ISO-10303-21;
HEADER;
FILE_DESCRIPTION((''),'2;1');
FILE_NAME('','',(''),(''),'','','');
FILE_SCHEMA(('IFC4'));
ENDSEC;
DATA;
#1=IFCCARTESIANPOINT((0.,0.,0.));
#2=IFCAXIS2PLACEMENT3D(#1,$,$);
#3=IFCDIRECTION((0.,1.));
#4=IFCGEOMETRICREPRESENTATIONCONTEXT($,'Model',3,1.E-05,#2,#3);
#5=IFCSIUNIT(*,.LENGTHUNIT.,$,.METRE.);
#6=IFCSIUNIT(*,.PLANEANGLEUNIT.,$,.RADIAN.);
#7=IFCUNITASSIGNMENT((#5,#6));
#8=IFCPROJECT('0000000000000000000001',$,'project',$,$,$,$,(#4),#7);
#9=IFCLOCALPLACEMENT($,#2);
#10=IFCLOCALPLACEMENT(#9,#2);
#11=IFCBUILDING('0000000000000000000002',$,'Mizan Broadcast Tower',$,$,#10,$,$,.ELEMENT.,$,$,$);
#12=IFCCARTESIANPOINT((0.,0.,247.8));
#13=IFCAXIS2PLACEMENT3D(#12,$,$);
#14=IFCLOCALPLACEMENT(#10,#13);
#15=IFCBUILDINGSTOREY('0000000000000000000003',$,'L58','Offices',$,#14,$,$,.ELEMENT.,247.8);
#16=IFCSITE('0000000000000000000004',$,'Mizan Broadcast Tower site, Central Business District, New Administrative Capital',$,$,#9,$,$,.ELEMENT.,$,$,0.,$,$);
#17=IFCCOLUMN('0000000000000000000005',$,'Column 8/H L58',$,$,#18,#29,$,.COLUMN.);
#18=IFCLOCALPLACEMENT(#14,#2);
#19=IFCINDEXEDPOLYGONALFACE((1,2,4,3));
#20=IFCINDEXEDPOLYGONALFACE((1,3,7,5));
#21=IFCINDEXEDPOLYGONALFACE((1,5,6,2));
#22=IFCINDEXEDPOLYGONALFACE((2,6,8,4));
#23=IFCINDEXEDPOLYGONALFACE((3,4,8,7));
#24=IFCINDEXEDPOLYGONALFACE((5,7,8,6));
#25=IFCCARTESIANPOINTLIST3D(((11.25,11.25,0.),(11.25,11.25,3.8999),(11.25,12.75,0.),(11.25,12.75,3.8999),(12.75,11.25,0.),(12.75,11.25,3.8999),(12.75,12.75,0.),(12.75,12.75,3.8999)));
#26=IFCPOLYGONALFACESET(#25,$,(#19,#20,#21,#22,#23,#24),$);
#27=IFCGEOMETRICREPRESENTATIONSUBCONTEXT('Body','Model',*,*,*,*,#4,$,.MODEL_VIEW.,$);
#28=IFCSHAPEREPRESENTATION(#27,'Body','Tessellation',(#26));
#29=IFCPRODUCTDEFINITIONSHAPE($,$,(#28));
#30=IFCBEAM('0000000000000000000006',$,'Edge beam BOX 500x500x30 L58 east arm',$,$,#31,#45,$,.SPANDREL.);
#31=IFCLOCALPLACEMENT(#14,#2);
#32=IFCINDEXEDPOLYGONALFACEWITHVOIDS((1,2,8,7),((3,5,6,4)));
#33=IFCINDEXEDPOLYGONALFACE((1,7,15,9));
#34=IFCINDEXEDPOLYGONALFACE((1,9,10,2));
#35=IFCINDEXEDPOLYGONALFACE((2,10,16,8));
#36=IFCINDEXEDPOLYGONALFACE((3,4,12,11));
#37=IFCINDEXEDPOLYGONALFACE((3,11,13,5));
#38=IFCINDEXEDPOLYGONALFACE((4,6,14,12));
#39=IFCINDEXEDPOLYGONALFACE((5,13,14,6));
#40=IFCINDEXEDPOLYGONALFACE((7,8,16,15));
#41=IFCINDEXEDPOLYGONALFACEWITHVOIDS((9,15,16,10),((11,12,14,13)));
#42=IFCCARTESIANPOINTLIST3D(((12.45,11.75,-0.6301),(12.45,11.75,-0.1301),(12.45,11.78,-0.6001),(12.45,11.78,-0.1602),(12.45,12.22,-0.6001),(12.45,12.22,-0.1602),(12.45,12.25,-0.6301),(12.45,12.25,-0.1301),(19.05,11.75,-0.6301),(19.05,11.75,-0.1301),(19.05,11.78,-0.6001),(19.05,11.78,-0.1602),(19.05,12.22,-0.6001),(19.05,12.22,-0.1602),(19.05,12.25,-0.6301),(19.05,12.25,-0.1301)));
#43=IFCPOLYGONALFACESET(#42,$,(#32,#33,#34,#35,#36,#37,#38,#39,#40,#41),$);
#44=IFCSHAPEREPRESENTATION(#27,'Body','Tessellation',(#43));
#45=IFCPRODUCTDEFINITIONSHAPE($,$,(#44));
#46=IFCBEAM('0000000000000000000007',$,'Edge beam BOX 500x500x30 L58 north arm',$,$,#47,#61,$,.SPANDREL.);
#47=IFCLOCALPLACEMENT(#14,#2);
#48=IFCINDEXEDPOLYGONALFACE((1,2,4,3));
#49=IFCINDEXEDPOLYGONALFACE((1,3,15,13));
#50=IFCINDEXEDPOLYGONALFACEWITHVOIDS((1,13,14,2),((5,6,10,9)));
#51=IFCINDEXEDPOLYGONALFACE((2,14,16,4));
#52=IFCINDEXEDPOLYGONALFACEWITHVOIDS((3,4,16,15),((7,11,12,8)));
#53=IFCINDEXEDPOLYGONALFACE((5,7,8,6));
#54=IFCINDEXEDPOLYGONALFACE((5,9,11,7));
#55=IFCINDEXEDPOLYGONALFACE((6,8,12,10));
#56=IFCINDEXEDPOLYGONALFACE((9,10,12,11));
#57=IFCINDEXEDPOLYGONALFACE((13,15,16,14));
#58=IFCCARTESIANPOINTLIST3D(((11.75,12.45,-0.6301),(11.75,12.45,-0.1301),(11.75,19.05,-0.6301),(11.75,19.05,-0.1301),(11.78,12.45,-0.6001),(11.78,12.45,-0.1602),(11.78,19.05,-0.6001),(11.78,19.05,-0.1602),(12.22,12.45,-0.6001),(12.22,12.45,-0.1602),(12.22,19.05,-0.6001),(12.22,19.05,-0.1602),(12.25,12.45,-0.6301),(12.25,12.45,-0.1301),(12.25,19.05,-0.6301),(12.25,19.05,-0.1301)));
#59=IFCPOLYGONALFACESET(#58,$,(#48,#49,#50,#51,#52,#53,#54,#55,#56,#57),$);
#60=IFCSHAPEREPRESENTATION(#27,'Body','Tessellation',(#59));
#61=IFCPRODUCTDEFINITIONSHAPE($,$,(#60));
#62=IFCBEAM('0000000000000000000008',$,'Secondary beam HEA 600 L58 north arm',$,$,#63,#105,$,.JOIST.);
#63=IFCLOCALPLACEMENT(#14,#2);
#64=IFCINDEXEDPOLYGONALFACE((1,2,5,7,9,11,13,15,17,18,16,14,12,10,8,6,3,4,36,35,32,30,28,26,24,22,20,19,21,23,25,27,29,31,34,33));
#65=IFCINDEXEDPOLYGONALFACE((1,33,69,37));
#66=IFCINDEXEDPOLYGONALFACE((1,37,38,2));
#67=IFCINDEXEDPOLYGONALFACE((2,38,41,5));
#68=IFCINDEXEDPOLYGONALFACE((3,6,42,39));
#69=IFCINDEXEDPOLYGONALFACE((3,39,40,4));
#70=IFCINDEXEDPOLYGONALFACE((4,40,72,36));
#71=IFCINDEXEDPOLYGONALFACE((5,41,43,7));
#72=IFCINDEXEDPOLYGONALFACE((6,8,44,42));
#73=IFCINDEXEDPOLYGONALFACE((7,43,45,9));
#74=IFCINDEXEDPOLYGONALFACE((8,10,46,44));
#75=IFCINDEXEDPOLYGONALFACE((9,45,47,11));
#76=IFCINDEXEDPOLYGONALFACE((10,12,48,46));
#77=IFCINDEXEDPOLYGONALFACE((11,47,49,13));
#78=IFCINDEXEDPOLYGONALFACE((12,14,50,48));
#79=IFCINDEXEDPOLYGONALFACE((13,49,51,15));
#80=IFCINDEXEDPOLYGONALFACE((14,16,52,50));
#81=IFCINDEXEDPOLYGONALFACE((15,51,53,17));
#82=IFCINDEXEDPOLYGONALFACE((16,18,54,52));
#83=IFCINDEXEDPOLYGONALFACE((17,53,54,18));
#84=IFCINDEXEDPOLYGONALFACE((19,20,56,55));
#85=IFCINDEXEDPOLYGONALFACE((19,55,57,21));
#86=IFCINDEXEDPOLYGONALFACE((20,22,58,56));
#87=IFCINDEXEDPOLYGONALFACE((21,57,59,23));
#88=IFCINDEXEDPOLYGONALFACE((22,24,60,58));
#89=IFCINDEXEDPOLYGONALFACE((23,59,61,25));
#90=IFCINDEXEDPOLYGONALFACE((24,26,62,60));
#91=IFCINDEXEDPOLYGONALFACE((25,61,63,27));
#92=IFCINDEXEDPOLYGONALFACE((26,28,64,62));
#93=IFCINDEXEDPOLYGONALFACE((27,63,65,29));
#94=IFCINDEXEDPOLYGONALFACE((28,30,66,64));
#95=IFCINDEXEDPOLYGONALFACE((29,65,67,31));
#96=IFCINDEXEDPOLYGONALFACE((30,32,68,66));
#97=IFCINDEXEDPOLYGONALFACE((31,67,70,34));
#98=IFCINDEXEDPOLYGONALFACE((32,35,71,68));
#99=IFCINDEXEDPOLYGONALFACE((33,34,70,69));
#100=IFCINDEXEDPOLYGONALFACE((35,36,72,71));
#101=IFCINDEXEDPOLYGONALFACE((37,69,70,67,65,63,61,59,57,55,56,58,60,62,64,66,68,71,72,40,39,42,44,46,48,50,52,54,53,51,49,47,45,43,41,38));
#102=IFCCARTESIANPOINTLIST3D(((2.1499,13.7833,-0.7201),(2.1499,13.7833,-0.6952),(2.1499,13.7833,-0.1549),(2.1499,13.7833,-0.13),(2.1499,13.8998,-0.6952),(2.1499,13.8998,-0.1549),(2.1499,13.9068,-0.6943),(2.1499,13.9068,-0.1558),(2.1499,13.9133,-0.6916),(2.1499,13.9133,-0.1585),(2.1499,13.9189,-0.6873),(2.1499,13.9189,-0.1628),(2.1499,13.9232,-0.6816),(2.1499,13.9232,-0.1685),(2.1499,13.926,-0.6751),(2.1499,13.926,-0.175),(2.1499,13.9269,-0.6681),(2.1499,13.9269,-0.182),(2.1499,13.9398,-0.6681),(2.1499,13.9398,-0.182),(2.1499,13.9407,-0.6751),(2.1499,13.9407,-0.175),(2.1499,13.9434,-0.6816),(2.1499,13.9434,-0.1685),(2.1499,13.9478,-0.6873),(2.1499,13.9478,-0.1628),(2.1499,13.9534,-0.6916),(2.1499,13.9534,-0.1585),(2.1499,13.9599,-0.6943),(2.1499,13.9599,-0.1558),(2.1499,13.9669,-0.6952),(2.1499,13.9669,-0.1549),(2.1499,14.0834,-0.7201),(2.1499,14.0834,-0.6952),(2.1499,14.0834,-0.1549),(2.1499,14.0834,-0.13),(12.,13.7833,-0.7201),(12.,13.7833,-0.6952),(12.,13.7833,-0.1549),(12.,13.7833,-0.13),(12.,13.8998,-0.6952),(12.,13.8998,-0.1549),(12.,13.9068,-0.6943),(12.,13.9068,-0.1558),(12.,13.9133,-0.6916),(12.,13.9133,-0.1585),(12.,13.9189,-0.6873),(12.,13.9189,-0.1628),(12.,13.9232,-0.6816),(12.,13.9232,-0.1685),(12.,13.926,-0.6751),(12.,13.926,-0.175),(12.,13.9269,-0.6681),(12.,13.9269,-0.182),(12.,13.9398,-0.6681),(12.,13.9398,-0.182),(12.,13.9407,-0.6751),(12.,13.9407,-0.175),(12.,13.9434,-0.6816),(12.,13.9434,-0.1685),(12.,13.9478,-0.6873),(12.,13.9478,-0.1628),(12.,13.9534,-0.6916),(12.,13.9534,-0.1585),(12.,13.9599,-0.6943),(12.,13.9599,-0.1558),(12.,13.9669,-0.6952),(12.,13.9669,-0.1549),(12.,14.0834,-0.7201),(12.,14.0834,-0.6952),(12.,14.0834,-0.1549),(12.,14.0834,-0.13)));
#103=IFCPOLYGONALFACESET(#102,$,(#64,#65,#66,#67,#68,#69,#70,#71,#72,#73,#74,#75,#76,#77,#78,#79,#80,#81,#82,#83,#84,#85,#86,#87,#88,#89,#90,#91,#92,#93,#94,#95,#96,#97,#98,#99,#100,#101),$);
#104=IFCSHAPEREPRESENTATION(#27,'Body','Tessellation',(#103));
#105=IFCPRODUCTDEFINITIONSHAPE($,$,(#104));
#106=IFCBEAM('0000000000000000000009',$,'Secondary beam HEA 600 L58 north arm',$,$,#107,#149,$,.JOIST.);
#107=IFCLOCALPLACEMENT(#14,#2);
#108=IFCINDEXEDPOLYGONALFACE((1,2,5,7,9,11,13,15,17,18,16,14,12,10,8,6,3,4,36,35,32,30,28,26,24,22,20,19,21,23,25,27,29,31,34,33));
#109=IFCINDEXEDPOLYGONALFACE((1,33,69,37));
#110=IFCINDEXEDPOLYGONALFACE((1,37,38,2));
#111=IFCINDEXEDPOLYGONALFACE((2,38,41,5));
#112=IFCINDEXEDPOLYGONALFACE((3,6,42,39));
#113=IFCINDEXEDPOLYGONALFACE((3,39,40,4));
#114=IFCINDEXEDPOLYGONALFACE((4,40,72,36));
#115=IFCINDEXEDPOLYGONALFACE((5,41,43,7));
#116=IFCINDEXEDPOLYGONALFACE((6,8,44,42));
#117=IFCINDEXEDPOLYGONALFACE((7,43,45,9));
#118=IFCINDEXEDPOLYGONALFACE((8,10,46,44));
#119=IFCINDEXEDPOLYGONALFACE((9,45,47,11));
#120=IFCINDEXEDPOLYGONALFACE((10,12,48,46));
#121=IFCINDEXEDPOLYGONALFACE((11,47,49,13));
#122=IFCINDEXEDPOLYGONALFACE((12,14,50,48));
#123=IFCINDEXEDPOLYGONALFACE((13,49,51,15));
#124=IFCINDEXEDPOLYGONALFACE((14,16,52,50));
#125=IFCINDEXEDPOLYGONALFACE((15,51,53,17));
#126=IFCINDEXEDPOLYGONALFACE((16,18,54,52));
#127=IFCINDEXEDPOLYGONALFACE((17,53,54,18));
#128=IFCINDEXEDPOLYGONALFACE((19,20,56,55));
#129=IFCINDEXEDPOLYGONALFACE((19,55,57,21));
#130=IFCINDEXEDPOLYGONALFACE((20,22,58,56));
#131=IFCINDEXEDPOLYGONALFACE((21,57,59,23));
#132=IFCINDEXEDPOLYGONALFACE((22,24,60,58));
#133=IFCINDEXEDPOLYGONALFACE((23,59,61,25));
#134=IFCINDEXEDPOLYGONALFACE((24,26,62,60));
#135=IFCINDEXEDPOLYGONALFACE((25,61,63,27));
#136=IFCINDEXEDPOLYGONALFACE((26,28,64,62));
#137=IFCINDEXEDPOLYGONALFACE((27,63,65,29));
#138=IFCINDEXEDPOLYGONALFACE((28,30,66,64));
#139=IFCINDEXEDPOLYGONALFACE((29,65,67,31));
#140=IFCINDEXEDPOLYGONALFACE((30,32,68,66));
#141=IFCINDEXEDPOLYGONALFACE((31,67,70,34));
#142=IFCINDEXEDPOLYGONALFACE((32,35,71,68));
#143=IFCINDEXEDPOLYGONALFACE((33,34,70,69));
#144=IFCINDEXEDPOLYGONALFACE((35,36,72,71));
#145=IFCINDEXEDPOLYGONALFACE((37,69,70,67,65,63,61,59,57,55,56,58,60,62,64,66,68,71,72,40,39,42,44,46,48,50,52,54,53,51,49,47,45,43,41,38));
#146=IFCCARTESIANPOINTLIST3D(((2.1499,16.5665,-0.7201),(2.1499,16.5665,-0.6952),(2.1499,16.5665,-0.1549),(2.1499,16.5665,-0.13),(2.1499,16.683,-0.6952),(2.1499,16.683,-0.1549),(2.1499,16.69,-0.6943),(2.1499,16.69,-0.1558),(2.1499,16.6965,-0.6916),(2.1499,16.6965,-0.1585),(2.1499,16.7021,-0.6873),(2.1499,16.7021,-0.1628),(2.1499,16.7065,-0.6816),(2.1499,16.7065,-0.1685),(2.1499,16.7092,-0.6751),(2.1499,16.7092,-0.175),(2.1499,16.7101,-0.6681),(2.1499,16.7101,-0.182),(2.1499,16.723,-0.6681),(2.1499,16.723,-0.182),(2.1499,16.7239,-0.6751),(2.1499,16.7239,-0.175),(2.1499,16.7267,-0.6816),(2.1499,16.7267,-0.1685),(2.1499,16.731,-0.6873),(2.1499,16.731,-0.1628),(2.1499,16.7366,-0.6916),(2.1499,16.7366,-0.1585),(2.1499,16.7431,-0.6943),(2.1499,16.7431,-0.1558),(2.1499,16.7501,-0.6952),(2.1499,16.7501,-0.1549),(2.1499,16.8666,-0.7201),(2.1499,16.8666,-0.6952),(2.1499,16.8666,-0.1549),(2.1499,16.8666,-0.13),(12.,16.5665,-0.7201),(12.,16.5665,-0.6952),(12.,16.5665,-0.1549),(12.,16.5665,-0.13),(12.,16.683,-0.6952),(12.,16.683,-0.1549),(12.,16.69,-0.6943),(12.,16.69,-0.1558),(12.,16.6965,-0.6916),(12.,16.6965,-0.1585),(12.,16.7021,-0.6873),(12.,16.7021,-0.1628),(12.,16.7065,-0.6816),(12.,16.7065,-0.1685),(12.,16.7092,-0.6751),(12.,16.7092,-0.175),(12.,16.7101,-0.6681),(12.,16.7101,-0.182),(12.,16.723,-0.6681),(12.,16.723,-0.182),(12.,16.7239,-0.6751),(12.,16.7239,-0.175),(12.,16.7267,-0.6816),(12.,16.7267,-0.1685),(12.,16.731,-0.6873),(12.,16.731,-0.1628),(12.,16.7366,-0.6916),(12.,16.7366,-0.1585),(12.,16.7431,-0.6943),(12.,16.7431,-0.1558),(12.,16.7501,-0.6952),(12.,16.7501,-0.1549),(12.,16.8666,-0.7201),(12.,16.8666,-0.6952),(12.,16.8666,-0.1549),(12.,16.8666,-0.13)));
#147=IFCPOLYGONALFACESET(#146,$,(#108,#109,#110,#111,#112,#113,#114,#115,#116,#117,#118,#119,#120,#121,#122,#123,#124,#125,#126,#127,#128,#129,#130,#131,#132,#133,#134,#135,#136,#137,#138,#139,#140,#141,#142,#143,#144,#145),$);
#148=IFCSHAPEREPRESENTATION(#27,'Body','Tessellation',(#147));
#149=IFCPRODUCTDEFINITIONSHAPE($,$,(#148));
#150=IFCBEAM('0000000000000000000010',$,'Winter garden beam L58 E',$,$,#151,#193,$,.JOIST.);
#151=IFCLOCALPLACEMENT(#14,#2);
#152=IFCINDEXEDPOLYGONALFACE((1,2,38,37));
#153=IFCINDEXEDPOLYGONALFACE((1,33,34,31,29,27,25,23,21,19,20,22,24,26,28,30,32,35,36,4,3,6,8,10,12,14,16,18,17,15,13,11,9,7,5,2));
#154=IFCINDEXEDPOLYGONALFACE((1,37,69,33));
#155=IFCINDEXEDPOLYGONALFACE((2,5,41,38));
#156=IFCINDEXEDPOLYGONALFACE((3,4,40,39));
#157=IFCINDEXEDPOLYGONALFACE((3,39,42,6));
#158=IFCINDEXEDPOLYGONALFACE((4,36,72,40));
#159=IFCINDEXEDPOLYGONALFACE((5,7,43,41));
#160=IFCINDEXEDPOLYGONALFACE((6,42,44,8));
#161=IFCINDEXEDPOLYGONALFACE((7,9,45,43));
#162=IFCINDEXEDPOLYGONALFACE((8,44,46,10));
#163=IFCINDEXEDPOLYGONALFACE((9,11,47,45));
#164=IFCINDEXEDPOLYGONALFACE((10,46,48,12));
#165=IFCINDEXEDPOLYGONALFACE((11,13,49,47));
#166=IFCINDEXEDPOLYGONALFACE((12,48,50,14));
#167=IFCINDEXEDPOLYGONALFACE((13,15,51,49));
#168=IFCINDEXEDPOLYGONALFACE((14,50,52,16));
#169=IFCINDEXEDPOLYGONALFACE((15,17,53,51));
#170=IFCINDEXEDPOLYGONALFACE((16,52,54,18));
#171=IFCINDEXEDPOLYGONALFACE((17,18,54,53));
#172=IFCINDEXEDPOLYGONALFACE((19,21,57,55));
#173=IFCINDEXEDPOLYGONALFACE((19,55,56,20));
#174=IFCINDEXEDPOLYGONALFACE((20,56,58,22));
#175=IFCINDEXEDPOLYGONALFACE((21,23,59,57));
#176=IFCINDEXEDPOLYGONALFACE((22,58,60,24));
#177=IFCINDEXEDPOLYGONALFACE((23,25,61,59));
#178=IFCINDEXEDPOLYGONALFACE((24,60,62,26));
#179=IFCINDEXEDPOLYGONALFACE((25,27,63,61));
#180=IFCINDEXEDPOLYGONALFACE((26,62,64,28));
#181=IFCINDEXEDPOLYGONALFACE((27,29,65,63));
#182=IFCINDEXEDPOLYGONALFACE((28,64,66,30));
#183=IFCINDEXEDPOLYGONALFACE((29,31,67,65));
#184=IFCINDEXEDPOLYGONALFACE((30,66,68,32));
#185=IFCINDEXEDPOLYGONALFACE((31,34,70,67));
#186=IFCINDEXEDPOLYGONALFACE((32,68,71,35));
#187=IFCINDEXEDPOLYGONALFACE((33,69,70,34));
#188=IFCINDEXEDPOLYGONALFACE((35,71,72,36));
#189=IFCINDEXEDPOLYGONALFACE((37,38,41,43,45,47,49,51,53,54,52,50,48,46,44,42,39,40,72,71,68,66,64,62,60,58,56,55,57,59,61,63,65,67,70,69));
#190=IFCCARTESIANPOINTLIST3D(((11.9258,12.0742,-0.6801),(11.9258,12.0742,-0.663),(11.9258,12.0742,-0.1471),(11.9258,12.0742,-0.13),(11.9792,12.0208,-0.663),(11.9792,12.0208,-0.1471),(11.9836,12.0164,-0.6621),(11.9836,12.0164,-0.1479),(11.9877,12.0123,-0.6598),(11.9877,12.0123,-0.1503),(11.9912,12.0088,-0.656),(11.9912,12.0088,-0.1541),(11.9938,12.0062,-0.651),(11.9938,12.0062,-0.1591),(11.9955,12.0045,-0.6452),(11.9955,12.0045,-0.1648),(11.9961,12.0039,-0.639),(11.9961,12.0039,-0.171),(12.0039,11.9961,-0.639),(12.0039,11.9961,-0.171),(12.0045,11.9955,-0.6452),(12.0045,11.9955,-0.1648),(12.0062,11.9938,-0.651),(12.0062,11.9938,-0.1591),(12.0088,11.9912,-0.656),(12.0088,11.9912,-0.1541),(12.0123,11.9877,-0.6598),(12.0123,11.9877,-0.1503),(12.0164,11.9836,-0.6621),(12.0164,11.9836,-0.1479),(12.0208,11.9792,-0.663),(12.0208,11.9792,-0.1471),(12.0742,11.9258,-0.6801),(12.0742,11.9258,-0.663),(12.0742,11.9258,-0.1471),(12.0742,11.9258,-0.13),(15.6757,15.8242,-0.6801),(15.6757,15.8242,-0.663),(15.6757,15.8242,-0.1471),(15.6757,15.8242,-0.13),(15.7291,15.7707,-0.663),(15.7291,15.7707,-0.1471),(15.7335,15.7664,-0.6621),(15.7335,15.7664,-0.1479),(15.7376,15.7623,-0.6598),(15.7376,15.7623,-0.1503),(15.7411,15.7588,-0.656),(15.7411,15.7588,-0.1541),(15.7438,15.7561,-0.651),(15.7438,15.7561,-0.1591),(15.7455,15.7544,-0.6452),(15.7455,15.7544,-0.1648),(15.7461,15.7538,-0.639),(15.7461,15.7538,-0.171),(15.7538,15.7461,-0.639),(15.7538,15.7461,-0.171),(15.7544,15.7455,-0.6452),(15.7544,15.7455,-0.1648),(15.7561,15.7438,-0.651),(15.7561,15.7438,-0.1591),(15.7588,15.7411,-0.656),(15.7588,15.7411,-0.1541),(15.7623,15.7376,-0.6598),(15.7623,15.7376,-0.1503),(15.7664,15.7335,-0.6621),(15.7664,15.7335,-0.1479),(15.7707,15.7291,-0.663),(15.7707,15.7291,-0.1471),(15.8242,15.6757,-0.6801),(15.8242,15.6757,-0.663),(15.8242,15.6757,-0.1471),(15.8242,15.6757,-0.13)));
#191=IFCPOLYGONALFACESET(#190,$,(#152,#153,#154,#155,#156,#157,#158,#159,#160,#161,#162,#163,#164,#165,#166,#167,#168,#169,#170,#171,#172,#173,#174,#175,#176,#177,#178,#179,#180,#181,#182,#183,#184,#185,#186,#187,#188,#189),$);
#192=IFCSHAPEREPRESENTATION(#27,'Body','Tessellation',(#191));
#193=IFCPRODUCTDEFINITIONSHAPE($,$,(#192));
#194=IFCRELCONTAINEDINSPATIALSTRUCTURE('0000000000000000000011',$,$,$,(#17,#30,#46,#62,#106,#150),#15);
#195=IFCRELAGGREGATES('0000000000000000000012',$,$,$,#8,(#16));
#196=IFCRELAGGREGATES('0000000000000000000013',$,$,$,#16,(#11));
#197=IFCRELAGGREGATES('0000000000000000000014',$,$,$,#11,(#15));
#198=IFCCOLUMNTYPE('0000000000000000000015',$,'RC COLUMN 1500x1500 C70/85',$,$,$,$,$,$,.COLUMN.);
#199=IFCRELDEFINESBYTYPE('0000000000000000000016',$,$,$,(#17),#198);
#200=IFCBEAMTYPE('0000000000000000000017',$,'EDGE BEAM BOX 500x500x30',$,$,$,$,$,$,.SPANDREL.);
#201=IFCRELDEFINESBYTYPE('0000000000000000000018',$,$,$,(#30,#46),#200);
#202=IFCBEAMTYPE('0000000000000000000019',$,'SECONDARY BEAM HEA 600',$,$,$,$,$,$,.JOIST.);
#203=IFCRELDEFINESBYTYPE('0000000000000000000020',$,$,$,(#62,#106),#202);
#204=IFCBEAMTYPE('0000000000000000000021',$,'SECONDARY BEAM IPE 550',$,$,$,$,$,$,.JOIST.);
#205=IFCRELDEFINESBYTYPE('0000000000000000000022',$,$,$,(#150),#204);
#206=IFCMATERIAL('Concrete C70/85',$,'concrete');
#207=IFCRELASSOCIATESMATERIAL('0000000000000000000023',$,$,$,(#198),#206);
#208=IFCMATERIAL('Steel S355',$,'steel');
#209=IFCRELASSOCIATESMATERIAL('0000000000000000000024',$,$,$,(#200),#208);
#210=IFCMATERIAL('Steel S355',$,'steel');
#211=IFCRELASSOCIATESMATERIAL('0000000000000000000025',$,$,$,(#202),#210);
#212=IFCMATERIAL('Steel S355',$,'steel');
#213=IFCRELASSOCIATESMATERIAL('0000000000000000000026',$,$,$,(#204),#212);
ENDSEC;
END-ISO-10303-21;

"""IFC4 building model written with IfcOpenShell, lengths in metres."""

from ifc_helpers import new_model, si_unit, direction, frame, origin, origin_2d, place, context, subcontext, project, spatial, rectangle, hollow_rectangle, i_section, extrude, material, material_profile, profile_set, type_object, element, save


model = new_model("IFC4")

# Units and contexts
model_context = context("Model", 3, precision=1e-05, world=origin(), true_north=direction((0.0, 1.0)))
body_context = subcontext(model_context, "Body", "Model", "MODEL_VIEW")
ifc_project = project(units=[si_unit("LENGTHUNIT", "METRE"), si_unit("PLANEANGLEUNIT", "RADIAN")], contexts=[model_context])

# Site, building, storey
site_placement = place(None, origin())
site = spatial("IfcSite", under=ifc_project, at=site_placement, Name="Mizan Broadcast Tower site, Central Business District, New Administrative Capital", CompositionType="ELEMENT", RefElevation=0.0)
building_placement = place(site_placement, origin())
building = spatial("IfcBuilding", under=site, at=building_placement, Name="Mizan Broadcast Tower", CompositionType="ELEMENT")
storey_placement = place(building_placement, frame((0.0, 0.0, 247.8)))
storey = spatial("IfcBuildingStorey", under=building, at=storey_placement, Name="L58", Description="Offices", CompositionType="ELEMENT", Elevation=247.8)

# Column
ifc_material_1 = material(Name="Concrete C70/85", Category="concrete")
ifc_material_profile_1 = material_profile(ifc_material_1, rectangle(XDim=1.5, YDim=1.5, at=origin_2d()), Name="RC 1500x1500")
ifc_profile_set_1 = profile_set([ifc_material_profile_1], Name="Concrete C70/85")
column_type = type_object("IfcColumnType", Name="RC COLUMN 1500x1500 C70/85", PredefinedType="COLUMN", material=ifc_profile_set_1)
column_placement = place(storey_placement, frame((12.0, 12.0, 0.0), z_axis=(0.0, 0.0, 1.0), x_axis=(1.0, 0.0, 0.0)))
element("IfcColumn", 1, at=column_placement, inside=storey, type_object=column_type, Name="Column 8/H L58", PredefinedType="COLUMN", context=body_context, shape_type="SweptSolid", body=[
    extrude(rectangle(XDim=1.5, YDim=1.5, at=origin_2d()), origin(), (0.0, 0.0, 1.0), 3.8999),
])

# Beams
ifc_material_2 = material(Name="Steel S355", Category="steel")
ifc_material_profile_2 = material_profile(ifc_material_2, hollow_rectangle(XDim=0.5, YDim=0.5, WallThickness=0.03, at=origin_2d()), Name="BOX 500x500x30")
ifc_profile_set_2 = profile_set([ifc_material_profile_2], Name="Steel S355")
beam_type_1 = type_object("IfcBeamType", Name="EDGE BEAM BOX 500x500x30", PredefinedType="SPANDREL", material=ifc_profile_set_2)
for number, where, z_axis, x_axis, name in (
    (2, (12.45, 12.0, -0.3801), (1.0, 0.0, 0.0), (0.0, 1.0, 0.0), "Edge beam BOX 500x500x30 L58 east arm"),
    (3, (12.0, 12.45, -0.3801), (0.0, 1.0, 0.0), (-1.0, 0.0, 0.0), "Edge beam BOX 500x500x30 L58 north arm"),
):
    element("IfcBeam", number, at=place(storey_placement, frame(where, z_axis=z_axis, x_axis=x_axis)), inside=storey, type_object=beam_type_1, Name=name, PredefinedType="SPANDREL", context=body_context, shape_type="SweptSolid", body=[
        extrude(hollow_rectangle(XDim=0.5, YDim=0.5, WallThickness=0.03, at=origin_2d()), origin(), (0.0, 0.0, 1.0), 6.6001),
    ])
ifc_material_3 = material(Name="Steel S355", Category="steel")
ifc_material_profile_3 = material_profile(ifc_material_3, i_section(OverallWidth=0.3, OverallDepth=0.5901, WebThickness=0.0129, FlangeThickness=0.0249, FilletRadius=0.0271, at=origin_2d()), Name="HEA 600")
ifc_profile_set_3 = profile_set([ifc_material_profile_3], Name="Steel S355")
beam_type_2 = type_object("IfcBeamType", Name="SECONDARY BEAM HEA 600", PredefinedType="JOIST", material=ifc_profile_set_3)
for number, where, z_axis, x_axis, name in (
    (4, (12.0, 13.9333, -0.425), (-1.0, 0.0, 0.0), (0.0, -1.0, 0.0), "Secondary beam HEA 600 L58 north arm"),
    (5, (12.0, 16.7166, -0.425), (-1.0, 0.0, 0.0), (0.0, -1.0, 0.0), "Secondary beam HEA 600 L58 north arm"),
):
    element("IfcBeam", number, at=place(storey_placement, frame(where, z_axis=z_axis, x_axis=x_axis)), inside=storey, type_object=beam_type_2, Name=name, PredefinedType="JOIST", context=body_context, shape_type="SweptSolid", body=[
        extrude(i_section(OverallWidth=0.3, OverallDepth=0.5901, WebThickness=0.0129, FlangeThickness=0.0249, FilletRadius=0.0271, at=origin_2d()), origin(), (0.0, 0.0, 1.0), 9.8501),
    ])
ifc_material_4 = material(Name="Steel S355", Category="steel")
ifc_material_profile_4 = material_profile(ifc_material_4, i_section(OverallWidth=0.21, OverallDepth=0.55, WebThickness=0.011, FlangeThickness=0.0171, FilletRadius=0.0239, at=origin_2d()), Name="IPE 550")
ifc_profile_set_4 = profile_set([ifc_material_profile_4], Name="Steel S355")
beam_type_3 = type_object("IfcBeamType", Name="SECONDARY BEAM IPE 550", PredefinedType="JOIST", material=ifc_profile_set_4)
beam_placement = place(storey_placement, frame((12.0, 12.0, -0.405), z_axis=(0.707107, 0.707107, 0.0), x_axis=(-0.707107, 0.707107, 0.0)))
element("IfcBeam", 6, at=beam_placement, inside=storey, type_object=beam_type_3, Name="Winter garden beam L58 E", PredefinedType="JOIST", context=body_context, shape_type="SweptSolid", body=[
    extrude(i_section(OverallWidth=0.21, OverallDepth=0.55, WebThickness=0.011, FlangeThickness=0.0171, FilletRadius=0.0239, at=origin_2d()), origin(), (0.0, 0.0, 1.0), 5.3032),
])

save(model, "model.ifc")
